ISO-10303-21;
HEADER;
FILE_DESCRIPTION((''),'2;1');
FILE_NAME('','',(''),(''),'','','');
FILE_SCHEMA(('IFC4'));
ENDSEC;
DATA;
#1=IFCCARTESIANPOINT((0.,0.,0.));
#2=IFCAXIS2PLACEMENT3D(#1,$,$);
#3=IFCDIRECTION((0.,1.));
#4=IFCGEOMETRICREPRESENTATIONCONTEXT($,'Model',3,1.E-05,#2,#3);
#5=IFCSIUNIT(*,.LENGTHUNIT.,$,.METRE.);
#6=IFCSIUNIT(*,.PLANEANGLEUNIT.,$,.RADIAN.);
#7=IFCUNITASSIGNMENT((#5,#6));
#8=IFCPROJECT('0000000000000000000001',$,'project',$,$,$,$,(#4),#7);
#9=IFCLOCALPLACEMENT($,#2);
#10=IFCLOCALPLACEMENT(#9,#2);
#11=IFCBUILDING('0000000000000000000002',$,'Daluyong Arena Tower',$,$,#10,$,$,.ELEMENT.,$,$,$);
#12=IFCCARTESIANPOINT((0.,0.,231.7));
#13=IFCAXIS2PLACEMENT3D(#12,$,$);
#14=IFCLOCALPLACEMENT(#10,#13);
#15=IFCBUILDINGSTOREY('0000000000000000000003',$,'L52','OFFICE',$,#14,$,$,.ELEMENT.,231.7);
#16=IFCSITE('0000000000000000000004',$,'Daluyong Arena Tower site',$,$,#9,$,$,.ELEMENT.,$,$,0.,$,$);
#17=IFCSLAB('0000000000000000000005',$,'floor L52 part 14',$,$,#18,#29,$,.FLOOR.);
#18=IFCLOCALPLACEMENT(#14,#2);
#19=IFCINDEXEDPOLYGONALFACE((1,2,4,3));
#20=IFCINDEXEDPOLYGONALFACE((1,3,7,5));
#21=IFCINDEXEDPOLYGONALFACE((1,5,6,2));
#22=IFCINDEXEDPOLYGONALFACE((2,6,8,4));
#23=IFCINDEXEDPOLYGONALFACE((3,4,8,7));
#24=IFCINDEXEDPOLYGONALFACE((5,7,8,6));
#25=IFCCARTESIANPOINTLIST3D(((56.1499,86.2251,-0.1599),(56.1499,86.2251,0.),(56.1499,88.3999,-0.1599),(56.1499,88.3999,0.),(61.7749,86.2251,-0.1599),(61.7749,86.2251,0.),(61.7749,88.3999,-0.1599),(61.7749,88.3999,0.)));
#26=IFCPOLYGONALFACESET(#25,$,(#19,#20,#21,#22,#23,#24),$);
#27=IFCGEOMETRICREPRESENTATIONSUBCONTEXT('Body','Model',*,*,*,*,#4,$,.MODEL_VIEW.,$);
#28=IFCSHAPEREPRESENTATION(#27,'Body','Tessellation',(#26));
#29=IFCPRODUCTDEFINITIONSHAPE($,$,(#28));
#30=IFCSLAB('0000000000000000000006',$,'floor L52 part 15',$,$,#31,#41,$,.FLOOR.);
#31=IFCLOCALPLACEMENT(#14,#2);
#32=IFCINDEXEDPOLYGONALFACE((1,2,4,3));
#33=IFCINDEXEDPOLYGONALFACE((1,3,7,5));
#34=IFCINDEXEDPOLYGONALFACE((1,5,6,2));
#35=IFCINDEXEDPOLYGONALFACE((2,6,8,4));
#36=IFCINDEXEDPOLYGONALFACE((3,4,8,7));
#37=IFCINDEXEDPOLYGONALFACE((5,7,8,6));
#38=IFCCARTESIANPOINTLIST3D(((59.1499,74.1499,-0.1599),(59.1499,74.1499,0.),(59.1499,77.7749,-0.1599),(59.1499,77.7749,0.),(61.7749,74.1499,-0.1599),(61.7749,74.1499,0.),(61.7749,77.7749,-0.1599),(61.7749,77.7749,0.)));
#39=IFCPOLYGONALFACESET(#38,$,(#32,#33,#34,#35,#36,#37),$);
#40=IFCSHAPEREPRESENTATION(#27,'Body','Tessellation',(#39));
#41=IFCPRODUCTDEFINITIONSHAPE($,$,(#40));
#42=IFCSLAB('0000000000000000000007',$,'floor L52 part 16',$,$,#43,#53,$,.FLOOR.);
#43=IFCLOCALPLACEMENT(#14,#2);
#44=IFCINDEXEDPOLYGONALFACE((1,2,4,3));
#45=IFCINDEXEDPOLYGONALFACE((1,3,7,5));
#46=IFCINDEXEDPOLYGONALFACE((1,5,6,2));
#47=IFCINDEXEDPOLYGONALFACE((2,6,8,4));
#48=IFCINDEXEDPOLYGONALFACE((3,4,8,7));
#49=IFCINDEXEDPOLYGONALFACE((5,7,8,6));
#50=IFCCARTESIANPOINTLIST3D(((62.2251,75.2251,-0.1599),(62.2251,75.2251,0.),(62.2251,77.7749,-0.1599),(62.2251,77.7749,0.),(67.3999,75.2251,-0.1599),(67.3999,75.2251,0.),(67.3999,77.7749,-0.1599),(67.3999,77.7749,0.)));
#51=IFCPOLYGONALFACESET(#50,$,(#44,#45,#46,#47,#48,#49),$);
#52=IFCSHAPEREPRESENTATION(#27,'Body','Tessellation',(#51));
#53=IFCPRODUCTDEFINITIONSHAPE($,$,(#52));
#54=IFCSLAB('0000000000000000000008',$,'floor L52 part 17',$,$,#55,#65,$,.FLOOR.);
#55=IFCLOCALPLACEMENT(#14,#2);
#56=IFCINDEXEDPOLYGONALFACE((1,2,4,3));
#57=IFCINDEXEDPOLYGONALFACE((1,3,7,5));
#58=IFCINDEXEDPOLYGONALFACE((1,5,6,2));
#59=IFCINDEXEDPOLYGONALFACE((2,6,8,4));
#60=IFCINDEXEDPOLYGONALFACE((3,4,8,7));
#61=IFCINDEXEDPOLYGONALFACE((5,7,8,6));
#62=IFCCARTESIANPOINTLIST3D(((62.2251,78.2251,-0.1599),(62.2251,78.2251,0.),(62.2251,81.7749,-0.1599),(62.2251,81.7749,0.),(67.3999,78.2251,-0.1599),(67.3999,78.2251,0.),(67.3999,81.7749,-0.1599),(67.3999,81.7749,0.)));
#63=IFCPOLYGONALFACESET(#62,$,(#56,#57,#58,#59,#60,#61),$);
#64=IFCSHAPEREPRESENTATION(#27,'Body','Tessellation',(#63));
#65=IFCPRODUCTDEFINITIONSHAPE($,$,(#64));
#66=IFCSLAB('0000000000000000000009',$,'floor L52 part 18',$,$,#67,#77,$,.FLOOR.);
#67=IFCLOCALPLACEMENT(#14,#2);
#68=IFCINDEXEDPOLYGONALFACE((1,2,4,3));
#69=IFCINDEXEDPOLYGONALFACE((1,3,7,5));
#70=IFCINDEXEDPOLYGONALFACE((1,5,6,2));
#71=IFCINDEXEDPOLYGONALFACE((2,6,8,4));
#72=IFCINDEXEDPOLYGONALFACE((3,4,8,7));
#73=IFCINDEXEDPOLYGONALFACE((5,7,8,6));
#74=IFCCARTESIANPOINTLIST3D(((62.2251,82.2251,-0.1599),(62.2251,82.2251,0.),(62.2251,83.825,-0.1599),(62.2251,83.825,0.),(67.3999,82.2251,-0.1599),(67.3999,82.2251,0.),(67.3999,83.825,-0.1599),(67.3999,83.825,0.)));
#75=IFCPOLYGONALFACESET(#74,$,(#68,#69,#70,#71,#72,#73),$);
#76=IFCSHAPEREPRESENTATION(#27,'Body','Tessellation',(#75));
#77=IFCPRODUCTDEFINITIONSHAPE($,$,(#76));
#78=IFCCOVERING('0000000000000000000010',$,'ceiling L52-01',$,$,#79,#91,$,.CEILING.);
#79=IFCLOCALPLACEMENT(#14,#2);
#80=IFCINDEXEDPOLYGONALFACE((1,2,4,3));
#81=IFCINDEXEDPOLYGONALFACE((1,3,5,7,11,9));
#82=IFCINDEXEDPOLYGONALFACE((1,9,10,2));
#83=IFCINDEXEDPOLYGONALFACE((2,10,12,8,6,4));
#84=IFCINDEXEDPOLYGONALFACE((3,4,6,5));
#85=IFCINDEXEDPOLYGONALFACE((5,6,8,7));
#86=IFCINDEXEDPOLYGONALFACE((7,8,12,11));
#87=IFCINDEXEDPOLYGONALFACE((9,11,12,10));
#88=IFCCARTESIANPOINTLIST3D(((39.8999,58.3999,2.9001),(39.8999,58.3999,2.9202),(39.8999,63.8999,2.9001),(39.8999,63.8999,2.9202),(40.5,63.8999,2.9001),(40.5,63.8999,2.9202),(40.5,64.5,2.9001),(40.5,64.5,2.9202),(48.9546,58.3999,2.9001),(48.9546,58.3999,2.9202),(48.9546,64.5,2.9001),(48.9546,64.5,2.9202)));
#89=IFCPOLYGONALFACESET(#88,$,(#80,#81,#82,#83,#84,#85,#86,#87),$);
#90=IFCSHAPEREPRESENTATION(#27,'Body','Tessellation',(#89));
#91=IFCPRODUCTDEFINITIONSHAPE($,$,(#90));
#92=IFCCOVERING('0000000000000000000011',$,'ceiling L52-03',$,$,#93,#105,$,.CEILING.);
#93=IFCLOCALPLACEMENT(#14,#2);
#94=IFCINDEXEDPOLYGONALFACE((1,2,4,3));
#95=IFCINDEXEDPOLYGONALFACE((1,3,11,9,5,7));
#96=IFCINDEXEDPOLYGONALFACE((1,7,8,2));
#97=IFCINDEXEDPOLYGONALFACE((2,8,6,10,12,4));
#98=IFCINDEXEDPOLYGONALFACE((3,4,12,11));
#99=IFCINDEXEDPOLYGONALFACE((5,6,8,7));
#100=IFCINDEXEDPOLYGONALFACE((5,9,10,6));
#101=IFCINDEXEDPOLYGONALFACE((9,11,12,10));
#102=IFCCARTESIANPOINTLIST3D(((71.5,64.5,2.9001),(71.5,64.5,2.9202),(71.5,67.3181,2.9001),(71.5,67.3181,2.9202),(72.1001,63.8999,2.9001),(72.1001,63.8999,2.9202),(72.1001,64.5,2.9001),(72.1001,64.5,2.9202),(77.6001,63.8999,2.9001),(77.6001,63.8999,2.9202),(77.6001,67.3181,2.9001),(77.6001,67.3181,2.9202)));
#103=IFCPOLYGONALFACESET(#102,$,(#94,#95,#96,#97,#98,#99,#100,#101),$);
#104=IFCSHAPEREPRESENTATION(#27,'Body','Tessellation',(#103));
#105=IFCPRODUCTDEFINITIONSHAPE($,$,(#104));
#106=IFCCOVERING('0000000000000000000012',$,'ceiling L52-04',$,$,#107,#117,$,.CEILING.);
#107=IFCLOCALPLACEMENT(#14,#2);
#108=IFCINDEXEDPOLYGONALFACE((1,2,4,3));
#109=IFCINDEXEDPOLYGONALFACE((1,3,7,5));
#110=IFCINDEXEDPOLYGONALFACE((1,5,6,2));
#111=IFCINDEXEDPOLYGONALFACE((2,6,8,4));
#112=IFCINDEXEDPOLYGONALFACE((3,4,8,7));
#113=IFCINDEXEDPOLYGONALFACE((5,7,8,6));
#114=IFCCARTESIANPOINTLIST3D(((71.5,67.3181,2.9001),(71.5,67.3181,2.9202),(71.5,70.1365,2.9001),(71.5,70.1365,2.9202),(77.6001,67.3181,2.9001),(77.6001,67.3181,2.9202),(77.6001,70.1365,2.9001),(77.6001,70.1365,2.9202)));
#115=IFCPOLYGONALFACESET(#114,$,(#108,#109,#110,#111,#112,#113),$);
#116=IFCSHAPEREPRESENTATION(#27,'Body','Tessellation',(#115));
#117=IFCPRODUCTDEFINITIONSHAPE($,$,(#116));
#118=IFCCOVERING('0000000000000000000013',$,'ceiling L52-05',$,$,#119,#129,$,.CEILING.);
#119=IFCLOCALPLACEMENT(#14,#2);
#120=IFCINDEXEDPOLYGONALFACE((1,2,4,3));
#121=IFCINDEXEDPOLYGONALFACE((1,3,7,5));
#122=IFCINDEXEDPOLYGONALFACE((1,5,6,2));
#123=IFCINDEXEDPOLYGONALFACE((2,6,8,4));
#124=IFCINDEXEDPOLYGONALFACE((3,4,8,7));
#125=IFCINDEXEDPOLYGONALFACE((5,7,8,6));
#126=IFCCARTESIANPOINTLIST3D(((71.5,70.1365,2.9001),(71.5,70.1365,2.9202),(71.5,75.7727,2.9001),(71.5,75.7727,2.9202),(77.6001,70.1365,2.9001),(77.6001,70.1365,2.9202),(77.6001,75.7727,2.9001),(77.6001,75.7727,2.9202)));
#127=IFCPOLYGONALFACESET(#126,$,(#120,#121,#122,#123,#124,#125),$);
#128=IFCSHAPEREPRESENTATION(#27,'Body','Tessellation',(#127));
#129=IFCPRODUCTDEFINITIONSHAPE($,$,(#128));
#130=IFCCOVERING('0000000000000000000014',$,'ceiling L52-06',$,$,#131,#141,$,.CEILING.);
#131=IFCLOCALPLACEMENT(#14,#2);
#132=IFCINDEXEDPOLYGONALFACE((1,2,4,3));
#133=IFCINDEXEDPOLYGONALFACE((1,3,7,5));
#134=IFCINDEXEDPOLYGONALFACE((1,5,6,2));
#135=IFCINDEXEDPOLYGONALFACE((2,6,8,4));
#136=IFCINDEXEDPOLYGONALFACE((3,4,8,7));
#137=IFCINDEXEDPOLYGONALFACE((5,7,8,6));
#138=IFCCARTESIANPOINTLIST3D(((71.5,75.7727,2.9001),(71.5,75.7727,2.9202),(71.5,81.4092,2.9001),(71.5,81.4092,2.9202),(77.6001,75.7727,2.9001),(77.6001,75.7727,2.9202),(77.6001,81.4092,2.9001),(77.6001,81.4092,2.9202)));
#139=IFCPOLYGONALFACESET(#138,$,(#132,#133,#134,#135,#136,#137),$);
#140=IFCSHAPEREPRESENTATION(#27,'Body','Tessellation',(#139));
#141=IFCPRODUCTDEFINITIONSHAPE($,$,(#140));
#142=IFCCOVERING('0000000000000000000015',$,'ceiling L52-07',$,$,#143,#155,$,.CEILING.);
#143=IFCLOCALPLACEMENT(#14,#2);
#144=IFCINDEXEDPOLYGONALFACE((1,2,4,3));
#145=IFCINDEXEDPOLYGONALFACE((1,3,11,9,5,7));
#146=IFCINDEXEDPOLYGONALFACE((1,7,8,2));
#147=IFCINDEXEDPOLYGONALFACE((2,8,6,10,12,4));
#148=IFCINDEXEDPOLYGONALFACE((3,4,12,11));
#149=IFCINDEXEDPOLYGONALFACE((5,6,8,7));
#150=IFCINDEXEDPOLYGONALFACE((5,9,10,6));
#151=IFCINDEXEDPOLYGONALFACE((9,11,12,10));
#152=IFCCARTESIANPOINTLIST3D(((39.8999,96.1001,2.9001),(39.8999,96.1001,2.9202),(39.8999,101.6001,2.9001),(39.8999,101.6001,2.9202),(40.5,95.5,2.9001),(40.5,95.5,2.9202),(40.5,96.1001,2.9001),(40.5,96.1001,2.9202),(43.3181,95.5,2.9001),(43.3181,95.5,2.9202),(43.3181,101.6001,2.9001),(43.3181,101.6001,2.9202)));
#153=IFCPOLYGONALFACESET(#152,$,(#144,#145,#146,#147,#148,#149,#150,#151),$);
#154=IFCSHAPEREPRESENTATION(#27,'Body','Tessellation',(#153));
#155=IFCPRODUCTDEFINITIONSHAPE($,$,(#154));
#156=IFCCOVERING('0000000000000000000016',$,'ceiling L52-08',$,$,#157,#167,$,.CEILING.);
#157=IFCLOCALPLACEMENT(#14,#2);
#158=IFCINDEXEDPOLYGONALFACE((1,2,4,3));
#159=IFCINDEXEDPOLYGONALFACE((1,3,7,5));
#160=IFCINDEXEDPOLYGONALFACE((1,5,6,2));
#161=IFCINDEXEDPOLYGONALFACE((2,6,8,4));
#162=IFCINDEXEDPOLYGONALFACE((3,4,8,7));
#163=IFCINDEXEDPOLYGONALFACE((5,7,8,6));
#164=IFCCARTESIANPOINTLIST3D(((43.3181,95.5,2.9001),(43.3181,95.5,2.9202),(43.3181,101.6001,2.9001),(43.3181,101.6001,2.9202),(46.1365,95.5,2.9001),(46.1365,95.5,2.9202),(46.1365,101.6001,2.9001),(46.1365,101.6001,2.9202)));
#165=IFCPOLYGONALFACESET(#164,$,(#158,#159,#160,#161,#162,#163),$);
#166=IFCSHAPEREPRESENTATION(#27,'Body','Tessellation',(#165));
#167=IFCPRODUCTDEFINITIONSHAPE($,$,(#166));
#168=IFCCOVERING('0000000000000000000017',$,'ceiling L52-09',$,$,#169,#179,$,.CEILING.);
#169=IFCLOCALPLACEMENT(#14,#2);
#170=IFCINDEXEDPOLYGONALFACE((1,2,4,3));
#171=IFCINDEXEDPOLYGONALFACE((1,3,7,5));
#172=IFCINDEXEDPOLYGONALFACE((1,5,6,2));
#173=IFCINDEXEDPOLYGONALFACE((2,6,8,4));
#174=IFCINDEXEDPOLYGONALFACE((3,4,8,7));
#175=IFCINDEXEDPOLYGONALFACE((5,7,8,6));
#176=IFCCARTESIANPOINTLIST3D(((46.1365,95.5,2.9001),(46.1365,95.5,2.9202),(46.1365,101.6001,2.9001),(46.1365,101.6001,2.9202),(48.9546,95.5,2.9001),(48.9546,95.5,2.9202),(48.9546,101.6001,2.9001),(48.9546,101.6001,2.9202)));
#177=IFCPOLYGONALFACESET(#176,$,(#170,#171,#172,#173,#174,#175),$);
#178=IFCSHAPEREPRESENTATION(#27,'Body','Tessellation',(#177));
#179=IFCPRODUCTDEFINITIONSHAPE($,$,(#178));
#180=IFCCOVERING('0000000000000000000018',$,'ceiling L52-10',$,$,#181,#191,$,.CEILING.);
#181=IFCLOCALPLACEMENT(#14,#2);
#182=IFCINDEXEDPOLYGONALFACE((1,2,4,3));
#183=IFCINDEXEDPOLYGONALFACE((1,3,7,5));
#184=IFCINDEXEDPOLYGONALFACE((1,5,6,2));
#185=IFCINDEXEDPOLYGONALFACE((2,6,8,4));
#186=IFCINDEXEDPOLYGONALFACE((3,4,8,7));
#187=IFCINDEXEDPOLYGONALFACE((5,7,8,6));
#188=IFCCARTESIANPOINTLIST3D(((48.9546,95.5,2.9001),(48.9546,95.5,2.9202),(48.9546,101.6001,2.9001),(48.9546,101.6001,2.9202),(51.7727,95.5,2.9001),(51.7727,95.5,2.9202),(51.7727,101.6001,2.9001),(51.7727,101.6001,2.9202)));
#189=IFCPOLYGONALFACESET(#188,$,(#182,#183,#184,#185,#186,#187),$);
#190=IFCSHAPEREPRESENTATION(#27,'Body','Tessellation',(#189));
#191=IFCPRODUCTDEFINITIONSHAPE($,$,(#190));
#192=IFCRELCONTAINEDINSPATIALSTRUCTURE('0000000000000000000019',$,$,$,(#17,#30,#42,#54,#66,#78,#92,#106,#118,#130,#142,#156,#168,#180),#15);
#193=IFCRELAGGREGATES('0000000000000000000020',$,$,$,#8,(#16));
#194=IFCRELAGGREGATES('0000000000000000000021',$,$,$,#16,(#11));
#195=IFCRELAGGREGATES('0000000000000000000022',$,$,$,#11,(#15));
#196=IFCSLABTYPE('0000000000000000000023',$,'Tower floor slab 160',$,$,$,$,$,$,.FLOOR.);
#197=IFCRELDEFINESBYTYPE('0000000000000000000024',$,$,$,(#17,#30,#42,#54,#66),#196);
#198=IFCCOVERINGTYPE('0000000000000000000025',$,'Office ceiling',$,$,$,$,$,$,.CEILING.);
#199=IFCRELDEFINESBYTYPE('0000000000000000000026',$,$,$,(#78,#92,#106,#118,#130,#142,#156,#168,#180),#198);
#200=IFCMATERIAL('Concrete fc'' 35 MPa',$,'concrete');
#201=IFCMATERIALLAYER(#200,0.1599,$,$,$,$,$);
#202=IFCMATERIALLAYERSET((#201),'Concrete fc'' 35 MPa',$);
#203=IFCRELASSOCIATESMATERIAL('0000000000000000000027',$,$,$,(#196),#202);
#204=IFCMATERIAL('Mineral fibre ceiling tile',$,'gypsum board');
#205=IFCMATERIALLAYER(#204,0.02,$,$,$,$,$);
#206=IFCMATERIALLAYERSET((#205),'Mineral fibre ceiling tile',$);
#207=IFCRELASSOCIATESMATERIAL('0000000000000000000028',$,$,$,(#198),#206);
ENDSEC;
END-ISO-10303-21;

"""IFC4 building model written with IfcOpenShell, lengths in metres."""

from ifc_helpers import new_model, si_unit, direction, frame, origin, place, context, subcontext, project, spatial, polyline, outline, extrude, material, layer, layer_set, type_object, element, save


model = new_model("IFC4")

# Units and contexts
model_context = context("Model", 3, precision=1e-05, world=origin(), true_north=direction((0.0, 1.0)))
body_context = subcontext(model_context, "Body", "Model", "MODEL_VIEW")
ifc_project = project(units=[si_unit("LENGTHUNIT", "METRE"), si_unit("PLANEANGLEUNIT", "RADIAN")], contexts=[model_context])

# Site, building, storey
site_placement = place(None, origin())
site = spatial("IfcSite", under=ifc_project, at=site_placement, Name="Daluyong Arena Tower site", CompositionType="ELEMENT", RefElevation=0.0)
building_placement = place(site_placement, origin())
building = spatial("IfcBuilding", under=site, at=building_placement, Name="Daluyong Arena Tower", CompositionType="ELEMENT")
storey_placement = place(building_placement, frame((0.0, 0.0, 231.7)))
storey = spatial("IfcBuildingStorey", under=building, at=storey_placement, Name="L52", Description="OFFICE", CompositionType="ELEMENT", Elevation=231.7)

# Slabs
ifc_material_1 = material(Name="Concrete fc' 35 MPa", Category="concrete")
ifc_layer_1 = layer(ifc_material_1, 0.1599)
ifc_layer_set_1 = layer_set([ifc_layer_1], Name="Concrete fc' 35 MPa")
slab_type = type_object("IfcSlabType", Name="Tower floor slab 160", PredefinedType="FLOOR", material=ifc_layer_set_1)
slab_1_placement = place(storey_placement, frame((0.0, 0.0, -0.1599)))
element("IfcSlab", 1, at=slab_1_placement, inside=storey, type_object=slab_type, Name="floor L52 part 14", PredefinedType="FLOOR", context=body_context, shape_type="SweptSolid", body=[
    extrude(outline(polyline([(56.1499, 88.3999), (56.1499, 86.2251), (61.7749, 86.2251), (61.7749, 88.3999), (56.1499, 88.3999)])), origin(), (0.0, 0.0, 1.0), 0.1599),
])
slab_2_placement = place(storey_placement, frame((0.0, 0.0, -0.1599)))
element("IfcSlab", 2, at=slab_2_placement, inside=storey, type_object=slab_type, Name="floor L52 part 15", PredefinedType="FLOOR", context=body_context, shape_type="SweptSolid", body=[
    extrude(outline(polyline([(61.7749, 77.7749), (59.1499, 77.7749), (59.1499, 74.1499), (61.7749, 74.1499), (61.7749, 77.7749)])), origin(), (0.0, 0.0, 1.0), 0.1599),
])
slab_3_placement = place(storey_placement, frame((0.0, 0.0, -0.1599)))
element("IfcSlab", 3, at=slab_3_placement, inside=storey, type_object=slab_type, Name="floor L52 part 16", PredefinedType="FLOOR", context=body_context, shape_type="SweptSolid", body=[
    extrude(outline(polyline([(67.3999, 75.2251), (67.3999, 77.7749), (62.2251, 77.7749), (62.2251, 75.2251), (67.3999, 75.2251)])), origin(), (0.0, 0.0, 1.0), 0.1599),
])
slab_4_placement = place(storey_placement, frame((0.0, 0.0, -0.1599)))
element("IfcSlab", 4, at=slab_4_placement, inside=storey, type_object=slab_type, Name="floor L52 part 17", PredefinedType="FLOOR", context=body_context, shape_type="SweptSolid", body=[
    extrude(outline(polyline([(67.3999, 78.2251), (67.3999, 81.7749), (62.2251, 81.7749), (62.2251, 78.2251), (67.3999, 78.2251)])), origin(), (0.0, 0.0, 1.0), 0.1599),
])
slab_5_placement = place(storey_placement, frame((0.0, 0.0, -0.1599)))
element("IfcSlab", 5, at=slab_5_placement, inside=storey, type_object=slab_type, Name="floor L52 part 18", PredefinedType="FLOOR", context=body_context, shape_type="SweptSolid", body=[
    extrude(outline(polyline([(67.3999, 83.825), (62.2251, 83.825), (62.2251, 82.2251), (67.3999, 82.2251), (67.3999, 83.825)])), origin(), (0.0, 0.0, 1.0), 0.1599),
])

# Coverings
ifc_material_2 = material(Name="Mineral fibre ceiling tile", Category="gypsum board")
ifc_layer_2 = layer(ifc_material_2, 0.02)
ifc_layer_set_2 = layer_set([ifc_layer_2], Name="Mineral fibre ceiling tile")
covering_type = type_object("IfcCoveringType", Name="Office ceiling", PredefinedType="CEILING", material=ifc_layer_set_2)
covering_1_placement = place(storey_placement, frame((0.0, 0.0, 2.9001)))
element("IfcCovering", 6, at=covering_1_placement, inside=storey, type_object=covering_type, Name="ceiling L52-01", PredefinedType="CEILING", context=body_context, shape_type="SweptSolid", body=[
    extrude(outline(polyline([(39.8999, 63.8999), (39.8999, 58.3999), (48.9546, 58.3999), (48.9546, 64.5), (40.5, 64.5), (40.5, 63.8999), (39.8999, 63.8999)])), origin(), (0.0, 0.0, 1.0), 0.02),
])
covering_2_placement = place(storey_placement, frame((0.0, 0.0, 2.9001)))
element("IfcCovering", 7, at=covering_2_placement, inside=storey, type_object=covering_type, Name="ceiling L52-03", PredefinedType="CEILING", context=body_context, shape_type="SweptSolid", body=[
    extrude(outline(polyline([(72.1001, 63.8999), (77.6001, 63.8999), (77.6001, 67.3181), (71.5, 67.3181), (71.5, 64.5), (72.1001, 64.5), (72.1001, 63.8999)])), origin(), (0.0, 0.0, 1.0), 0.02),
])
covering_3_placement = place(storey_placement, frame((0.0, 0.0, 2.9001)))
element("IfcCovering", 8, at=covering_3_placement, inside=storey, type_object=covering_type, Name="ceiling L52-04", PredefinedType="CEILING", context=body_context, shape_type="SweptSolid", body=[
    extrude(outline(polyline([(71.5, 67.3181), (77.6001, 67.3181), (77.6001, 70.1365), (71.5, 70.1365), (71.5, 67.3181)])), origin(), (0.0, 0.0, 1.0), 0.02),
])
covering_4_placement = place(storey_placement, frame((0.0, 0.0, 2.9001)))
element("IfcCovering", 9, at=covering_4_placement, inside=storey, type_object=covering_type, Name="ceiling L52-05", PredefinedType="CEILING", context=body_context, shape_type="SweptSolid", body=[
    extrude(outline(polyline([(71.5, 70.1365), (77.6001, 70.1365), (77.6001, 75.7727), (71.5, 75.7727), (71.5, 70.1365)])), origin(), (0.0, 0.0, 1.0), 0.02),
])
covering_5_placement = place(storey_placement, frame((0.0, 0.0, 2.9001)))
element("IfcCovering", 10, at=covering_5_placement, inside=storey, type_object=covering_type, Name="ceiling L52-06", PredefinedType="CEILING", context=body_context, shape_type="SweptSolid", body=[
    extrude(outline(polyline([(71.5, 75.7727), (77.6001, 75.7727), (77.6001, 81.4092), (71.5, 81.4092), (71.5, 75.7727)])), origin(), (0.0, 0.0, 1.0), 0.02),
])
covering_6_placement = place(storey_placement, frame((0.0, 0.0, 2.9001)))
element("IfcCovering", 11, at=covering_6_placement, inside=storey, type_object=covering_type, Name="ceiling L52-07", PredefinedType="CEILING", context=body_context, shape_type="SweptSolid", body=[
    extrude(outline(polyline([(43.3181, 95.5), (43.3181, 101.6001), (39.8999, 101.6001), (39.8999, 96.1001), (40.5, 96.1001), (40.5, 95.5), (43.3181, 95.5)])), origin(), (0.0, 0.0, 1.0), 0.02),
])
covering_7_placement = place(storey_placement, frame((0.0, 0.0, 2.9001)))
element("IfcCovering", 12, at=covering_7_placement, inside=storey, type_object=covering_type, Name="ceiling L52-08", PredefinedType="CEILING", context=body_context, shape_type="SweptSolid", body=[
    extrude(outline(polyline([(46.1365, 95.5), (46.1365, 101.6001), (43.3181, 101.6001), (43.3181, 95.5), (46.1365, 95.5)])), origin(), (0.0, 0.0, 1.0), 0.02),
])
covering_8_placement = place(storey_placement, frame((0.0, 0.0, 2.9001)))
element("IfcCovering", 13, at=covering_8_placement, inside=storey, type_object=covering_type, Name="ceiling L52-09", PredefinedType="CEILING", context=body_context, shape_type="SweptSolid", body=[
    extrude(outline(polyline([(48.9546, 95.5), (48.9546, 101.6001), (46.1365, 101.6001), (46.1365, 95.5), (48.9546, 95.5)])), origin(), (0.0, 0.0, 1.0), 0.02),
])
covering_9_placement = place(storey_placement, frame((0.0, 0.0, 2.9001)))
element("IfcCovering", 14, at=covering_9_placement, inside=storey, type_object=covering_type, Name="ceiling L52-10", PredefinedType="CEILING", context=body_context, shape_type="SweptSolid", body=[
    extrude(outline(polyline([(51.7727, 95.5), (51.7727, 101.6001), (48.9546, 101.6001), (48.9546, 95.5), (51.7727, 95.5)])), origin(), (0.0, 0.0, 1.0), 0.02),
])

save(model, "model.ifc")
